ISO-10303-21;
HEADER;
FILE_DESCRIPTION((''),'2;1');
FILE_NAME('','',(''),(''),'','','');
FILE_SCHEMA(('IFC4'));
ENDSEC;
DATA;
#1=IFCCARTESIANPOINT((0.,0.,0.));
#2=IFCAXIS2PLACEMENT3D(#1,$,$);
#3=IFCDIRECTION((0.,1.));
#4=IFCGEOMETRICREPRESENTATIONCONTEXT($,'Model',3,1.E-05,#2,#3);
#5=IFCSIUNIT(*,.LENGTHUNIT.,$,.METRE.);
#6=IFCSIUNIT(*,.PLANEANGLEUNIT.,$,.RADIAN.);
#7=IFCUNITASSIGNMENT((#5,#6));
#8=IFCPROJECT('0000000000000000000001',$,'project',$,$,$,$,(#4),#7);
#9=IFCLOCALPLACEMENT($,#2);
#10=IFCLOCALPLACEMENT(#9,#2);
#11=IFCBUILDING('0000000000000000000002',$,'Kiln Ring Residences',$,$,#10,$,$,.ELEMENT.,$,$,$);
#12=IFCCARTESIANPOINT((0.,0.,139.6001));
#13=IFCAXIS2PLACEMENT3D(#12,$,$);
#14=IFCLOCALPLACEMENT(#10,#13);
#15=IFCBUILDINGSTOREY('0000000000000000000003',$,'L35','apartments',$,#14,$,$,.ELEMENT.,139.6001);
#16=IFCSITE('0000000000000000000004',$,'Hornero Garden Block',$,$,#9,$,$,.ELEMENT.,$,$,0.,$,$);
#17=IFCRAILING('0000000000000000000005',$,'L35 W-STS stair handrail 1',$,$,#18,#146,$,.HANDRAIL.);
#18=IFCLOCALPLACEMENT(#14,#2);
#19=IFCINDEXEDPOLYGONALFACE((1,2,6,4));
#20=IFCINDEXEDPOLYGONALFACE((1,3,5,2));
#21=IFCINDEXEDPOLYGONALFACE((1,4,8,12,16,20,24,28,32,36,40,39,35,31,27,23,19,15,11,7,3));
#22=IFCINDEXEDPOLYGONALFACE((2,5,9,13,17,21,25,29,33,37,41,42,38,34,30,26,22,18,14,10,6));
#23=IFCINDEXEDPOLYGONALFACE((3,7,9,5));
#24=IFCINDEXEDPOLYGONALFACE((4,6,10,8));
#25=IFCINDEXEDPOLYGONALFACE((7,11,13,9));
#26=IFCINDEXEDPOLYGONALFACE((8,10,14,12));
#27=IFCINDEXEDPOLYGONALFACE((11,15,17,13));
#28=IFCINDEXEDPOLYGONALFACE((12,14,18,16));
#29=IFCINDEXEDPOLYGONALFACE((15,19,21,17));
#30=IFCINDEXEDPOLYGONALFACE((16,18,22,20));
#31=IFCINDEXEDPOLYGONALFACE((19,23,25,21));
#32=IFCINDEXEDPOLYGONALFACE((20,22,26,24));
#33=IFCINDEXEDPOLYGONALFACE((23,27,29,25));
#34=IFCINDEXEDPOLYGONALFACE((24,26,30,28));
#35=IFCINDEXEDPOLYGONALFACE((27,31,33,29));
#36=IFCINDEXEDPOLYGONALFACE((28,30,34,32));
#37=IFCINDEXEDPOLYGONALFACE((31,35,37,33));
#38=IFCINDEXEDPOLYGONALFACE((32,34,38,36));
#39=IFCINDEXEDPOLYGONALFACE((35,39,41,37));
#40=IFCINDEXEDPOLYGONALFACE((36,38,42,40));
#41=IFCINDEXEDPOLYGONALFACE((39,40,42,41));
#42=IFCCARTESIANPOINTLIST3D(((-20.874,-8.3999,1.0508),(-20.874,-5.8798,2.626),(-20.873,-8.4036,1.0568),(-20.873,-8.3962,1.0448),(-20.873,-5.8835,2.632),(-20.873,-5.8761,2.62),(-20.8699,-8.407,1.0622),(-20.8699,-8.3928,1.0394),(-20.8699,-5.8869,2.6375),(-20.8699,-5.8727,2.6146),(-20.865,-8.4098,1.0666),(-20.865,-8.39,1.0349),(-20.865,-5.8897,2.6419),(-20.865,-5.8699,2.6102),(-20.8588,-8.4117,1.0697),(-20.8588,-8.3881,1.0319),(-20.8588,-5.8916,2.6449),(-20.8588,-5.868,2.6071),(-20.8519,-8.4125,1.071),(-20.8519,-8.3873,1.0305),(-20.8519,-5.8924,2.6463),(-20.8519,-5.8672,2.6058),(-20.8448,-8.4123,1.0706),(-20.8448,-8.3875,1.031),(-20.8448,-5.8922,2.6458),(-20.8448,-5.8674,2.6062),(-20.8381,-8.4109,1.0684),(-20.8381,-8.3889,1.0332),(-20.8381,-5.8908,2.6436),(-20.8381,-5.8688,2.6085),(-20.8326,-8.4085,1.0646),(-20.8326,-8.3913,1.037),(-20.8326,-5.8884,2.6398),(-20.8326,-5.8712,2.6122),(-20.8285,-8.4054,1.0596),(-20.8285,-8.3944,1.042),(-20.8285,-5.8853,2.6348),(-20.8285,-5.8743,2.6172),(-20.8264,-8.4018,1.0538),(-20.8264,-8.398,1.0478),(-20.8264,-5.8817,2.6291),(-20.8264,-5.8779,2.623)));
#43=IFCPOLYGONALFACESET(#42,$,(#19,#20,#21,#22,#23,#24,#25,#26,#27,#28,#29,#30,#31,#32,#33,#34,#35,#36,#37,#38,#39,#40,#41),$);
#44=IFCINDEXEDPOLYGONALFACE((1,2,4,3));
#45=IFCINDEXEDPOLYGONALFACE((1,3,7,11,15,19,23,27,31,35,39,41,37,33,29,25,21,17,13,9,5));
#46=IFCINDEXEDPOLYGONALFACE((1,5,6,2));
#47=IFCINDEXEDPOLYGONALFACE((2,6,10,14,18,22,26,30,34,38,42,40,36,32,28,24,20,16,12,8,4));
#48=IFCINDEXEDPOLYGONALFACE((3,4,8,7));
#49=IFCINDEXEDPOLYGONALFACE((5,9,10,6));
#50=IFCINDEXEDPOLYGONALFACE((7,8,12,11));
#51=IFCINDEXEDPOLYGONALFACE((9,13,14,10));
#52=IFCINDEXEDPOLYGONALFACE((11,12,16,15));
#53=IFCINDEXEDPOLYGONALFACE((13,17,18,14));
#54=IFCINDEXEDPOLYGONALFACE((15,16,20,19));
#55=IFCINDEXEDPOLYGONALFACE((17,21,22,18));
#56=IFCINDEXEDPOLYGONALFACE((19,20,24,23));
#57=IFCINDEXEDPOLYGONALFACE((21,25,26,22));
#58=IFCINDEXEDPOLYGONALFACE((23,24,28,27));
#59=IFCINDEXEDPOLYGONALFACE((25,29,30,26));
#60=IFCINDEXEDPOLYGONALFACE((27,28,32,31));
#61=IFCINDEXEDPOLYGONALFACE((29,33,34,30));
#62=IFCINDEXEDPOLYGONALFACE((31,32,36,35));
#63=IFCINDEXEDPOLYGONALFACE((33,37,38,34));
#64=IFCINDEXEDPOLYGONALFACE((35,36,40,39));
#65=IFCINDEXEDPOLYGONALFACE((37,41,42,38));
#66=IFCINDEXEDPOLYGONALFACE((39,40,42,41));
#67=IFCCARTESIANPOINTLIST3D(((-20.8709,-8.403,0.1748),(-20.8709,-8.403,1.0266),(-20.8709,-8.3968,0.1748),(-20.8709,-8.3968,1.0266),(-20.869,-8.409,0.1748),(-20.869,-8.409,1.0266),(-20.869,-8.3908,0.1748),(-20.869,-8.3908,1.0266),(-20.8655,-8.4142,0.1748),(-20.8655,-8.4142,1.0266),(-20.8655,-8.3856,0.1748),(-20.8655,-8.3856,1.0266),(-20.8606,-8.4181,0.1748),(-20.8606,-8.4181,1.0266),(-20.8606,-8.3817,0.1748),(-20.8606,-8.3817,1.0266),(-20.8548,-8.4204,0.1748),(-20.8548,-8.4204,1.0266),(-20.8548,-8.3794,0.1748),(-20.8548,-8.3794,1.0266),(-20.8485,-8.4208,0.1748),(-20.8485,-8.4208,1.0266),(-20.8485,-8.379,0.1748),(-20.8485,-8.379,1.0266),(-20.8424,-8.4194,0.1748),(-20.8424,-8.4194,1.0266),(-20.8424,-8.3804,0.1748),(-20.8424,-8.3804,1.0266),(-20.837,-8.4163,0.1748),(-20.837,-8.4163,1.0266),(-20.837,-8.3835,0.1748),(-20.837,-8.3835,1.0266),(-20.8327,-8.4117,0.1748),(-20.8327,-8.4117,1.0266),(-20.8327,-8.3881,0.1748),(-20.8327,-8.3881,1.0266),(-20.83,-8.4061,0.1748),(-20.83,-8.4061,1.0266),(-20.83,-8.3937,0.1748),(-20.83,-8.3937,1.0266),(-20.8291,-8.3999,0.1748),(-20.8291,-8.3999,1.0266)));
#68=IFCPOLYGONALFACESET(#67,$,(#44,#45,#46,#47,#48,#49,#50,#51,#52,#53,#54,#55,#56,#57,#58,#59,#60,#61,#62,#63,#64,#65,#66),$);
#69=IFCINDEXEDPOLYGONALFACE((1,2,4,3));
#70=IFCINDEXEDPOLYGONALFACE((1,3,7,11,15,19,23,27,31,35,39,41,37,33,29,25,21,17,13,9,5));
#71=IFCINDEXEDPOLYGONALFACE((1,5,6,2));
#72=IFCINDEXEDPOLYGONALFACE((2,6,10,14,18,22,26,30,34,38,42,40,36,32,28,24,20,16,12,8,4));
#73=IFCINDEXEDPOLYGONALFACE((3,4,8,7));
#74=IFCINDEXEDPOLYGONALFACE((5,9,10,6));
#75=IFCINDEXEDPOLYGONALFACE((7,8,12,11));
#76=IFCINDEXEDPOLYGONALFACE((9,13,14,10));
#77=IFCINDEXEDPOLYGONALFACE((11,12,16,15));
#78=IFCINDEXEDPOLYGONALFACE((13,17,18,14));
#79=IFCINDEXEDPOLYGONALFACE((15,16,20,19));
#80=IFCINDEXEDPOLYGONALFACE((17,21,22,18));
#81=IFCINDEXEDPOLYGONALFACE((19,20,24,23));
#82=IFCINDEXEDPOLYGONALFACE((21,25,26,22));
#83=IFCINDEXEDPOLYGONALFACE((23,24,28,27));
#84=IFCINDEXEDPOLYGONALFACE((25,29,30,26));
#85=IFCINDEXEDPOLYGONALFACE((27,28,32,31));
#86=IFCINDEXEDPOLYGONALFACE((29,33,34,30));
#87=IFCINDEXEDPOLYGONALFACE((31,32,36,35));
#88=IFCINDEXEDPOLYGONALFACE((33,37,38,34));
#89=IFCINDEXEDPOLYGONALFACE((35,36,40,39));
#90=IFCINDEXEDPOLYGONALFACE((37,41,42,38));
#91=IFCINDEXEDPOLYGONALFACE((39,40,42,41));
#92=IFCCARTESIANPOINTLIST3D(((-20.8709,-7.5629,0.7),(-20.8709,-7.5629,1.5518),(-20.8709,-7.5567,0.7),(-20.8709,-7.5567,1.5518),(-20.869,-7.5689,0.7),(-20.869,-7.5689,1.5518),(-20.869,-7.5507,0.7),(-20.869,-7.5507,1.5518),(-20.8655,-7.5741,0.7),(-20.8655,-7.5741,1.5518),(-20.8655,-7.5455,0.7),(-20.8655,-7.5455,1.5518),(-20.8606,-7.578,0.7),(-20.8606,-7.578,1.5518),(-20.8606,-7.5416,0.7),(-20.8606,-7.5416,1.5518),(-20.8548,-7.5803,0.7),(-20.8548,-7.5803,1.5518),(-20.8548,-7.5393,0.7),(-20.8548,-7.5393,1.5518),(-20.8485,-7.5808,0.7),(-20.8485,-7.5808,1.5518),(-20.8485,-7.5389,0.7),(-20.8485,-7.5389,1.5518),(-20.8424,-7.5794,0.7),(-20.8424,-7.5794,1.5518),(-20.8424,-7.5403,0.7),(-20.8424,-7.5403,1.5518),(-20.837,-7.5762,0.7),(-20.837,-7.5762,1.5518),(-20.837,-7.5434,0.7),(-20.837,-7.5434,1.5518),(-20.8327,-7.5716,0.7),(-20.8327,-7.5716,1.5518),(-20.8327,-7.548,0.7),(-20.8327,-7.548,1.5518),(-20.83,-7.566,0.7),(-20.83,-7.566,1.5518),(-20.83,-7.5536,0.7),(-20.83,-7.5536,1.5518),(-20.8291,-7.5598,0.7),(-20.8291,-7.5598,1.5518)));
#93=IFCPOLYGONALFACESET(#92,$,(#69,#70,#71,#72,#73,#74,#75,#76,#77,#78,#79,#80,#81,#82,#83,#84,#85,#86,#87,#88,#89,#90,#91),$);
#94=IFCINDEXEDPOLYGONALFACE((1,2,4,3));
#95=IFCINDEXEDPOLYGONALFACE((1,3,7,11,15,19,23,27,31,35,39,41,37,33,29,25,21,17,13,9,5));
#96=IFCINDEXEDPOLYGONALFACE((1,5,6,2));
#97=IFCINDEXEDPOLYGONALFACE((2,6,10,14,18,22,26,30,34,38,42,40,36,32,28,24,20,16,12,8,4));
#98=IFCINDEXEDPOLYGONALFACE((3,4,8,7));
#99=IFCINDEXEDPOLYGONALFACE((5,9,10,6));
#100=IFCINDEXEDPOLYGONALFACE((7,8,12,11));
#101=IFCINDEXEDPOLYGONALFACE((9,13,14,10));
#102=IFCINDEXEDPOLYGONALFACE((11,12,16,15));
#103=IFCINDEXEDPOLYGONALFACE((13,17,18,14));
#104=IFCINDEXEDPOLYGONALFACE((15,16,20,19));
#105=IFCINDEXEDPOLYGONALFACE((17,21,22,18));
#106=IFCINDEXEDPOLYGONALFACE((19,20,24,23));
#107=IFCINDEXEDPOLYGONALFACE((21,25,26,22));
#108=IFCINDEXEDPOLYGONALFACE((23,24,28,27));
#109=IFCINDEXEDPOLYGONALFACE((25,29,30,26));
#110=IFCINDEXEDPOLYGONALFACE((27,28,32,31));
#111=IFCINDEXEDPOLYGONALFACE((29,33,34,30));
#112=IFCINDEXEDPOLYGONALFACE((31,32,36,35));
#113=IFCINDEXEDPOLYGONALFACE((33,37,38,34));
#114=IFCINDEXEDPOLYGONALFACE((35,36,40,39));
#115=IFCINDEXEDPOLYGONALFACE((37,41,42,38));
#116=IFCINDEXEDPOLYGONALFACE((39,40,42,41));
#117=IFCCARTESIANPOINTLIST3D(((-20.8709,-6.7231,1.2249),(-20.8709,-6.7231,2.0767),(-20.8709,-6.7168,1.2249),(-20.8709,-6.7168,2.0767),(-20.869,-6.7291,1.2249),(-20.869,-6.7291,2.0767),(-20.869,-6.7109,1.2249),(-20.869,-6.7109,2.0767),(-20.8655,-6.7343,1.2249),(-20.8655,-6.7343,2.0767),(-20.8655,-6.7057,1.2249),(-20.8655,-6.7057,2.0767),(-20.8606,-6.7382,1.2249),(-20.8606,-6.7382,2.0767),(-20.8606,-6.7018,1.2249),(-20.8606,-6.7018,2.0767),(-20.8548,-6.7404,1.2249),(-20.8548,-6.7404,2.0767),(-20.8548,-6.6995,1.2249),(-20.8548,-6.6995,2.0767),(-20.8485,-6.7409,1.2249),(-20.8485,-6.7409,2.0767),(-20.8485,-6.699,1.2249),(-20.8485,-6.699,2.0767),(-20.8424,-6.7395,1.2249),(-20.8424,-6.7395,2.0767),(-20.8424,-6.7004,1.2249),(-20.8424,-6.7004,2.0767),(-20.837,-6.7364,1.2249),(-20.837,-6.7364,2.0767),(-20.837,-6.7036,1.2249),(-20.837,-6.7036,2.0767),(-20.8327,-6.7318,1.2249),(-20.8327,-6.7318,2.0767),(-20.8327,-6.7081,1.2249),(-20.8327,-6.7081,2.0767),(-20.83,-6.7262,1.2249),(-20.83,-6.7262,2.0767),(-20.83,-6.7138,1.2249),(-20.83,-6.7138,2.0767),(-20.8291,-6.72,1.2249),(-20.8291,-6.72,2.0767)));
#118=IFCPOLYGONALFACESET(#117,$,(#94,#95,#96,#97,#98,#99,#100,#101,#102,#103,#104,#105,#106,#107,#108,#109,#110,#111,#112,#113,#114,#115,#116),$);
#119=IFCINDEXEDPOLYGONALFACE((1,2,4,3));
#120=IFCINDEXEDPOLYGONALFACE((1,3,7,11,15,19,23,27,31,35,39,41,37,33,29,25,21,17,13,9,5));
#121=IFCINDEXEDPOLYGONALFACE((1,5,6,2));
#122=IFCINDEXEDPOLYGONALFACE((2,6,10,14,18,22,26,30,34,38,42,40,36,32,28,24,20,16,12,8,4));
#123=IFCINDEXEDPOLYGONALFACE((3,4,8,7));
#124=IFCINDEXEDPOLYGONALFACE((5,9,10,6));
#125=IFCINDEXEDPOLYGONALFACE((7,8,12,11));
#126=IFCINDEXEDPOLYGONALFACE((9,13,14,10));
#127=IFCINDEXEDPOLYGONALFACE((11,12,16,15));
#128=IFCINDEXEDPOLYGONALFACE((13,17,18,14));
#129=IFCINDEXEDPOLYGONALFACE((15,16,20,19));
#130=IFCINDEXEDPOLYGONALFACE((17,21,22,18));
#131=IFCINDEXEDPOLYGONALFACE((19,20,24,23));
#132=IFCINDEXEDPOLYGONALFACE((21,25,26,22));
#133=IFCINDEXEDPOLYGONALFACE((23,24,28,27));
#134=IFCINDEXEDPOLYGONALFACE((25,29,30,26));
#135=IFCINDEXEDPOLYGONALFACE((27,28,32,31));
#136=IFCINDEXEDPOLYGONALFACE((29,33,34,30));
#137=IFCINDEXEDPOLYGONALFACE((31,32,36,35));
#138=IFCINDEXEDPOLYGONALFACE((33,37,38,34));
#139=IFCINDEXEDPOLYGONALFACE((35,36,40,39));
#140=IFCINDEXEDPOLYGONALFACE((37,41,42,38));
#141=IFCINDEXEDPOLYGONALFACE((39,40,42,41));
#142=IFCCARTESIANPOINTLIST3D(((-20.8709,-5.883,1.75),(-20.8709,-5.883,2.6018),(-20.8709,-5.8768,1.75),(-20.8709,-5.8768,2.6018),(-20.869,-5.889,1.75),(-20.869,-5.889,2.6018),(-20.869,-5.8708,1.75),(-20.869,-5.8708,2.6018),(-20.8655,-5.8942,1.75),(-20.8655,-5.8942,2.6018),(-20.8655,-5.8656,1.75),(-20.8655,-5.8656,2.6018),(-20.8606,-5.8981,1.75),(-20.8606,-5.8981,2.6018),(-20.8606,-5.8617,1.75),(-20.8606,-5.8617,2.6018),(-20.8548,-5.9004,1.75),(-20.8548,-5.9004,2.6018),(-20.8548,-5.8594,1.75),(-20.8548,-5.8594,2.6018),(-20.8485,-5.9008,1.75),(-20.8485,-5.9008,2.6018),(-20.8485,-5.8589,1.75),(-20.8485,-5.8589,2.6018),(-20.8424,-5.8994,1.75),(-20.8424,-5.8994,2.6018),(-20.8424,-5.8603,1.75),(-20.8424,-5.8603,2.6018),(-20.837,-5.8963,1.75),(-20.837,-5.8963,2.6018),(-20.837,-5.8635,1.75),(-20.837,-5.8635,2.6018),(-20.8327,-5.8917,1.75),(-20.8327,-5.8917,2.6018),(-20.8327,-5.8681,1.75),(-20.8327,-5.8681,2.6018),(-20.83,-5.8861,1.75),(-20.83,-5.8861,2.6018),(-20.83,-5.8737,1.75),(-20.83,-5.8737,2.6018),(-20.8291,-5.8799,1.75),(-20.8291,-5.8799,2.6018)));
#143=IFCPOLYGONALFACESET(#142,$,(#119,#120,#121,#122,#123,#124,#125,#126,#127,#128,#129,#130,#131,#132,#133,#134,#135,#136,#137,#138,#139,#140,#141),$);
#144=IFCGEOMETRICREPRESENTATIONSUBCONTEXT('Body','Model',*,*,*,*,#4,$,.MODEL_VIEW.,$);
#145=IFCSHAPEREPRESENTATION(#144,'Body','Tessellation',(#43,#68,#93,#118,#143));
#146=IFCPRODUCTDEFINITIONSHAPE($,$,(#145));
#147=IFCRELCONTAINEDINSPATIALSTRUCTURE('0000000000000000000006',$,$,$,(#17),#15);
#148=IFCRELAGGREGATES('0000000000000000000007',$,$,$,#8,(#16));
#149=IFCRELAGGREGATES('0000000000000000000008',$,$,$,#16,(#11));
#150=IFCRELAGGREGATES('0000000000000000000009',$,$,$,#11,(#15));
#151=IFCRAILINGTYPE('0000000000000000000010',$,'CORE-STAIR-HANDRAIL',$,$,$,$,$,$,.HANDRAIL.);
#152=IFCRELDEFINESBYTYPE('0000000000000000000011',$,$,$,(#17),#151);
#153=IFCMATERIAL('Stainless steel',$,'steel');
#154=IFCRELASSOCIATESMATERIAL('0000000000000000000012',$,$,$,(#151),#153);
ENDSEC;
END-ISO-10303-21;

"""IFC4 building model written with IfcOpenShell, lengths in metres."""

from ifc_helpers import new_model, si_unit, direction, frame, origin, origin_2d, place, context, subcontext, project, spatial, circle, extrude, material, type_object, element, save


model = new_model("IFC4")

# Units and contexts
model_context = context("Model", 3, precision=1e-05, world=origin(), true_north=direction((0.0, 1.0)))
body_context = subcontext(model_context, "Body", "Model", "MODEL_VIEW")
ifc_project = project(units=[si_unit("LENGTHUNIT", "METRE"), si_unit("PLANEANGLEUNIT", "RADIAN")], contexts=[model_context])

# Site, building, storey
site_placement = place(None, origin())
site = spatial("IfcSite", under=ifc_project, at=site_placement, Name="Hornero Garden Block", CompositionType="ELEMENT", RefElevation=0.0)
building_placement = place(site_placement, origin())
building = spatial("IfcBuilding", under=site, at=building_placement, Name="Kiln Ring Residences", CompositionType="ELEMENT")
storey_placement = place(building_placement, frame((0.0, 0.0, 139.6001)))
storey = spatial("IfcBuildingStorey", under=building, at=storey_placement, Name="L35", Description="apartments", CompositionType="ELEMENT", Elevation=139.6001)

# Railing
ifc_material_1 = material(Name="Stainless steel", Category="steel")
railing_type_1 = type_object("IfcRailingType", Name="CORE-STAIR-HANDRAIL", PredefinedType="HANDRAIL", material=ifc_material_1)
railing_1_placement = place(storey_placement, frame((-20.8501, -8.3999, 0.1748)))
element("IfcRailing", 1, at=railing_1_placement, inside=storey, type_object=railing_type_1, Name="L35 W-STS stair handrail 1", PredefinedType="HANDRAIL", context=body_context, shape_type="SweptSolid", body=[
    extrude(circle(Radius=0.0239, at=origin_2d()), frame((0.0, 0.0, 0.876), z_axis=(0.0, 0.847971, 0.530043), x_axis=(-1.0, 0.0, 0.0)), (0.0, 0.0, 1.0), 2.9719),
    extrude(circle(Radius=0.021, at=origin_2d()), origin(), (0.0, 0.0, 1.0), 0.8518),
    extrude(circle(Radius=0.021, at=origin_2d()), frame((0.0, 0.8401, 0.5251)), (0.0, 0.0, 1.0), 0.8518),
    extrude(circle(Radius=0.021, at=origin_2d()), frame((0.0, 1.6799, 1.05)), (0.0, 0.0, 1.0), 0.8518),
    extrude(circle(Radius=0.021, at=origin_2d()), frame((0.0, 2.52, 1.5752)), (0.0, 0.0, 1.0), 0.8518),
])

save(model, "model.ifc")
